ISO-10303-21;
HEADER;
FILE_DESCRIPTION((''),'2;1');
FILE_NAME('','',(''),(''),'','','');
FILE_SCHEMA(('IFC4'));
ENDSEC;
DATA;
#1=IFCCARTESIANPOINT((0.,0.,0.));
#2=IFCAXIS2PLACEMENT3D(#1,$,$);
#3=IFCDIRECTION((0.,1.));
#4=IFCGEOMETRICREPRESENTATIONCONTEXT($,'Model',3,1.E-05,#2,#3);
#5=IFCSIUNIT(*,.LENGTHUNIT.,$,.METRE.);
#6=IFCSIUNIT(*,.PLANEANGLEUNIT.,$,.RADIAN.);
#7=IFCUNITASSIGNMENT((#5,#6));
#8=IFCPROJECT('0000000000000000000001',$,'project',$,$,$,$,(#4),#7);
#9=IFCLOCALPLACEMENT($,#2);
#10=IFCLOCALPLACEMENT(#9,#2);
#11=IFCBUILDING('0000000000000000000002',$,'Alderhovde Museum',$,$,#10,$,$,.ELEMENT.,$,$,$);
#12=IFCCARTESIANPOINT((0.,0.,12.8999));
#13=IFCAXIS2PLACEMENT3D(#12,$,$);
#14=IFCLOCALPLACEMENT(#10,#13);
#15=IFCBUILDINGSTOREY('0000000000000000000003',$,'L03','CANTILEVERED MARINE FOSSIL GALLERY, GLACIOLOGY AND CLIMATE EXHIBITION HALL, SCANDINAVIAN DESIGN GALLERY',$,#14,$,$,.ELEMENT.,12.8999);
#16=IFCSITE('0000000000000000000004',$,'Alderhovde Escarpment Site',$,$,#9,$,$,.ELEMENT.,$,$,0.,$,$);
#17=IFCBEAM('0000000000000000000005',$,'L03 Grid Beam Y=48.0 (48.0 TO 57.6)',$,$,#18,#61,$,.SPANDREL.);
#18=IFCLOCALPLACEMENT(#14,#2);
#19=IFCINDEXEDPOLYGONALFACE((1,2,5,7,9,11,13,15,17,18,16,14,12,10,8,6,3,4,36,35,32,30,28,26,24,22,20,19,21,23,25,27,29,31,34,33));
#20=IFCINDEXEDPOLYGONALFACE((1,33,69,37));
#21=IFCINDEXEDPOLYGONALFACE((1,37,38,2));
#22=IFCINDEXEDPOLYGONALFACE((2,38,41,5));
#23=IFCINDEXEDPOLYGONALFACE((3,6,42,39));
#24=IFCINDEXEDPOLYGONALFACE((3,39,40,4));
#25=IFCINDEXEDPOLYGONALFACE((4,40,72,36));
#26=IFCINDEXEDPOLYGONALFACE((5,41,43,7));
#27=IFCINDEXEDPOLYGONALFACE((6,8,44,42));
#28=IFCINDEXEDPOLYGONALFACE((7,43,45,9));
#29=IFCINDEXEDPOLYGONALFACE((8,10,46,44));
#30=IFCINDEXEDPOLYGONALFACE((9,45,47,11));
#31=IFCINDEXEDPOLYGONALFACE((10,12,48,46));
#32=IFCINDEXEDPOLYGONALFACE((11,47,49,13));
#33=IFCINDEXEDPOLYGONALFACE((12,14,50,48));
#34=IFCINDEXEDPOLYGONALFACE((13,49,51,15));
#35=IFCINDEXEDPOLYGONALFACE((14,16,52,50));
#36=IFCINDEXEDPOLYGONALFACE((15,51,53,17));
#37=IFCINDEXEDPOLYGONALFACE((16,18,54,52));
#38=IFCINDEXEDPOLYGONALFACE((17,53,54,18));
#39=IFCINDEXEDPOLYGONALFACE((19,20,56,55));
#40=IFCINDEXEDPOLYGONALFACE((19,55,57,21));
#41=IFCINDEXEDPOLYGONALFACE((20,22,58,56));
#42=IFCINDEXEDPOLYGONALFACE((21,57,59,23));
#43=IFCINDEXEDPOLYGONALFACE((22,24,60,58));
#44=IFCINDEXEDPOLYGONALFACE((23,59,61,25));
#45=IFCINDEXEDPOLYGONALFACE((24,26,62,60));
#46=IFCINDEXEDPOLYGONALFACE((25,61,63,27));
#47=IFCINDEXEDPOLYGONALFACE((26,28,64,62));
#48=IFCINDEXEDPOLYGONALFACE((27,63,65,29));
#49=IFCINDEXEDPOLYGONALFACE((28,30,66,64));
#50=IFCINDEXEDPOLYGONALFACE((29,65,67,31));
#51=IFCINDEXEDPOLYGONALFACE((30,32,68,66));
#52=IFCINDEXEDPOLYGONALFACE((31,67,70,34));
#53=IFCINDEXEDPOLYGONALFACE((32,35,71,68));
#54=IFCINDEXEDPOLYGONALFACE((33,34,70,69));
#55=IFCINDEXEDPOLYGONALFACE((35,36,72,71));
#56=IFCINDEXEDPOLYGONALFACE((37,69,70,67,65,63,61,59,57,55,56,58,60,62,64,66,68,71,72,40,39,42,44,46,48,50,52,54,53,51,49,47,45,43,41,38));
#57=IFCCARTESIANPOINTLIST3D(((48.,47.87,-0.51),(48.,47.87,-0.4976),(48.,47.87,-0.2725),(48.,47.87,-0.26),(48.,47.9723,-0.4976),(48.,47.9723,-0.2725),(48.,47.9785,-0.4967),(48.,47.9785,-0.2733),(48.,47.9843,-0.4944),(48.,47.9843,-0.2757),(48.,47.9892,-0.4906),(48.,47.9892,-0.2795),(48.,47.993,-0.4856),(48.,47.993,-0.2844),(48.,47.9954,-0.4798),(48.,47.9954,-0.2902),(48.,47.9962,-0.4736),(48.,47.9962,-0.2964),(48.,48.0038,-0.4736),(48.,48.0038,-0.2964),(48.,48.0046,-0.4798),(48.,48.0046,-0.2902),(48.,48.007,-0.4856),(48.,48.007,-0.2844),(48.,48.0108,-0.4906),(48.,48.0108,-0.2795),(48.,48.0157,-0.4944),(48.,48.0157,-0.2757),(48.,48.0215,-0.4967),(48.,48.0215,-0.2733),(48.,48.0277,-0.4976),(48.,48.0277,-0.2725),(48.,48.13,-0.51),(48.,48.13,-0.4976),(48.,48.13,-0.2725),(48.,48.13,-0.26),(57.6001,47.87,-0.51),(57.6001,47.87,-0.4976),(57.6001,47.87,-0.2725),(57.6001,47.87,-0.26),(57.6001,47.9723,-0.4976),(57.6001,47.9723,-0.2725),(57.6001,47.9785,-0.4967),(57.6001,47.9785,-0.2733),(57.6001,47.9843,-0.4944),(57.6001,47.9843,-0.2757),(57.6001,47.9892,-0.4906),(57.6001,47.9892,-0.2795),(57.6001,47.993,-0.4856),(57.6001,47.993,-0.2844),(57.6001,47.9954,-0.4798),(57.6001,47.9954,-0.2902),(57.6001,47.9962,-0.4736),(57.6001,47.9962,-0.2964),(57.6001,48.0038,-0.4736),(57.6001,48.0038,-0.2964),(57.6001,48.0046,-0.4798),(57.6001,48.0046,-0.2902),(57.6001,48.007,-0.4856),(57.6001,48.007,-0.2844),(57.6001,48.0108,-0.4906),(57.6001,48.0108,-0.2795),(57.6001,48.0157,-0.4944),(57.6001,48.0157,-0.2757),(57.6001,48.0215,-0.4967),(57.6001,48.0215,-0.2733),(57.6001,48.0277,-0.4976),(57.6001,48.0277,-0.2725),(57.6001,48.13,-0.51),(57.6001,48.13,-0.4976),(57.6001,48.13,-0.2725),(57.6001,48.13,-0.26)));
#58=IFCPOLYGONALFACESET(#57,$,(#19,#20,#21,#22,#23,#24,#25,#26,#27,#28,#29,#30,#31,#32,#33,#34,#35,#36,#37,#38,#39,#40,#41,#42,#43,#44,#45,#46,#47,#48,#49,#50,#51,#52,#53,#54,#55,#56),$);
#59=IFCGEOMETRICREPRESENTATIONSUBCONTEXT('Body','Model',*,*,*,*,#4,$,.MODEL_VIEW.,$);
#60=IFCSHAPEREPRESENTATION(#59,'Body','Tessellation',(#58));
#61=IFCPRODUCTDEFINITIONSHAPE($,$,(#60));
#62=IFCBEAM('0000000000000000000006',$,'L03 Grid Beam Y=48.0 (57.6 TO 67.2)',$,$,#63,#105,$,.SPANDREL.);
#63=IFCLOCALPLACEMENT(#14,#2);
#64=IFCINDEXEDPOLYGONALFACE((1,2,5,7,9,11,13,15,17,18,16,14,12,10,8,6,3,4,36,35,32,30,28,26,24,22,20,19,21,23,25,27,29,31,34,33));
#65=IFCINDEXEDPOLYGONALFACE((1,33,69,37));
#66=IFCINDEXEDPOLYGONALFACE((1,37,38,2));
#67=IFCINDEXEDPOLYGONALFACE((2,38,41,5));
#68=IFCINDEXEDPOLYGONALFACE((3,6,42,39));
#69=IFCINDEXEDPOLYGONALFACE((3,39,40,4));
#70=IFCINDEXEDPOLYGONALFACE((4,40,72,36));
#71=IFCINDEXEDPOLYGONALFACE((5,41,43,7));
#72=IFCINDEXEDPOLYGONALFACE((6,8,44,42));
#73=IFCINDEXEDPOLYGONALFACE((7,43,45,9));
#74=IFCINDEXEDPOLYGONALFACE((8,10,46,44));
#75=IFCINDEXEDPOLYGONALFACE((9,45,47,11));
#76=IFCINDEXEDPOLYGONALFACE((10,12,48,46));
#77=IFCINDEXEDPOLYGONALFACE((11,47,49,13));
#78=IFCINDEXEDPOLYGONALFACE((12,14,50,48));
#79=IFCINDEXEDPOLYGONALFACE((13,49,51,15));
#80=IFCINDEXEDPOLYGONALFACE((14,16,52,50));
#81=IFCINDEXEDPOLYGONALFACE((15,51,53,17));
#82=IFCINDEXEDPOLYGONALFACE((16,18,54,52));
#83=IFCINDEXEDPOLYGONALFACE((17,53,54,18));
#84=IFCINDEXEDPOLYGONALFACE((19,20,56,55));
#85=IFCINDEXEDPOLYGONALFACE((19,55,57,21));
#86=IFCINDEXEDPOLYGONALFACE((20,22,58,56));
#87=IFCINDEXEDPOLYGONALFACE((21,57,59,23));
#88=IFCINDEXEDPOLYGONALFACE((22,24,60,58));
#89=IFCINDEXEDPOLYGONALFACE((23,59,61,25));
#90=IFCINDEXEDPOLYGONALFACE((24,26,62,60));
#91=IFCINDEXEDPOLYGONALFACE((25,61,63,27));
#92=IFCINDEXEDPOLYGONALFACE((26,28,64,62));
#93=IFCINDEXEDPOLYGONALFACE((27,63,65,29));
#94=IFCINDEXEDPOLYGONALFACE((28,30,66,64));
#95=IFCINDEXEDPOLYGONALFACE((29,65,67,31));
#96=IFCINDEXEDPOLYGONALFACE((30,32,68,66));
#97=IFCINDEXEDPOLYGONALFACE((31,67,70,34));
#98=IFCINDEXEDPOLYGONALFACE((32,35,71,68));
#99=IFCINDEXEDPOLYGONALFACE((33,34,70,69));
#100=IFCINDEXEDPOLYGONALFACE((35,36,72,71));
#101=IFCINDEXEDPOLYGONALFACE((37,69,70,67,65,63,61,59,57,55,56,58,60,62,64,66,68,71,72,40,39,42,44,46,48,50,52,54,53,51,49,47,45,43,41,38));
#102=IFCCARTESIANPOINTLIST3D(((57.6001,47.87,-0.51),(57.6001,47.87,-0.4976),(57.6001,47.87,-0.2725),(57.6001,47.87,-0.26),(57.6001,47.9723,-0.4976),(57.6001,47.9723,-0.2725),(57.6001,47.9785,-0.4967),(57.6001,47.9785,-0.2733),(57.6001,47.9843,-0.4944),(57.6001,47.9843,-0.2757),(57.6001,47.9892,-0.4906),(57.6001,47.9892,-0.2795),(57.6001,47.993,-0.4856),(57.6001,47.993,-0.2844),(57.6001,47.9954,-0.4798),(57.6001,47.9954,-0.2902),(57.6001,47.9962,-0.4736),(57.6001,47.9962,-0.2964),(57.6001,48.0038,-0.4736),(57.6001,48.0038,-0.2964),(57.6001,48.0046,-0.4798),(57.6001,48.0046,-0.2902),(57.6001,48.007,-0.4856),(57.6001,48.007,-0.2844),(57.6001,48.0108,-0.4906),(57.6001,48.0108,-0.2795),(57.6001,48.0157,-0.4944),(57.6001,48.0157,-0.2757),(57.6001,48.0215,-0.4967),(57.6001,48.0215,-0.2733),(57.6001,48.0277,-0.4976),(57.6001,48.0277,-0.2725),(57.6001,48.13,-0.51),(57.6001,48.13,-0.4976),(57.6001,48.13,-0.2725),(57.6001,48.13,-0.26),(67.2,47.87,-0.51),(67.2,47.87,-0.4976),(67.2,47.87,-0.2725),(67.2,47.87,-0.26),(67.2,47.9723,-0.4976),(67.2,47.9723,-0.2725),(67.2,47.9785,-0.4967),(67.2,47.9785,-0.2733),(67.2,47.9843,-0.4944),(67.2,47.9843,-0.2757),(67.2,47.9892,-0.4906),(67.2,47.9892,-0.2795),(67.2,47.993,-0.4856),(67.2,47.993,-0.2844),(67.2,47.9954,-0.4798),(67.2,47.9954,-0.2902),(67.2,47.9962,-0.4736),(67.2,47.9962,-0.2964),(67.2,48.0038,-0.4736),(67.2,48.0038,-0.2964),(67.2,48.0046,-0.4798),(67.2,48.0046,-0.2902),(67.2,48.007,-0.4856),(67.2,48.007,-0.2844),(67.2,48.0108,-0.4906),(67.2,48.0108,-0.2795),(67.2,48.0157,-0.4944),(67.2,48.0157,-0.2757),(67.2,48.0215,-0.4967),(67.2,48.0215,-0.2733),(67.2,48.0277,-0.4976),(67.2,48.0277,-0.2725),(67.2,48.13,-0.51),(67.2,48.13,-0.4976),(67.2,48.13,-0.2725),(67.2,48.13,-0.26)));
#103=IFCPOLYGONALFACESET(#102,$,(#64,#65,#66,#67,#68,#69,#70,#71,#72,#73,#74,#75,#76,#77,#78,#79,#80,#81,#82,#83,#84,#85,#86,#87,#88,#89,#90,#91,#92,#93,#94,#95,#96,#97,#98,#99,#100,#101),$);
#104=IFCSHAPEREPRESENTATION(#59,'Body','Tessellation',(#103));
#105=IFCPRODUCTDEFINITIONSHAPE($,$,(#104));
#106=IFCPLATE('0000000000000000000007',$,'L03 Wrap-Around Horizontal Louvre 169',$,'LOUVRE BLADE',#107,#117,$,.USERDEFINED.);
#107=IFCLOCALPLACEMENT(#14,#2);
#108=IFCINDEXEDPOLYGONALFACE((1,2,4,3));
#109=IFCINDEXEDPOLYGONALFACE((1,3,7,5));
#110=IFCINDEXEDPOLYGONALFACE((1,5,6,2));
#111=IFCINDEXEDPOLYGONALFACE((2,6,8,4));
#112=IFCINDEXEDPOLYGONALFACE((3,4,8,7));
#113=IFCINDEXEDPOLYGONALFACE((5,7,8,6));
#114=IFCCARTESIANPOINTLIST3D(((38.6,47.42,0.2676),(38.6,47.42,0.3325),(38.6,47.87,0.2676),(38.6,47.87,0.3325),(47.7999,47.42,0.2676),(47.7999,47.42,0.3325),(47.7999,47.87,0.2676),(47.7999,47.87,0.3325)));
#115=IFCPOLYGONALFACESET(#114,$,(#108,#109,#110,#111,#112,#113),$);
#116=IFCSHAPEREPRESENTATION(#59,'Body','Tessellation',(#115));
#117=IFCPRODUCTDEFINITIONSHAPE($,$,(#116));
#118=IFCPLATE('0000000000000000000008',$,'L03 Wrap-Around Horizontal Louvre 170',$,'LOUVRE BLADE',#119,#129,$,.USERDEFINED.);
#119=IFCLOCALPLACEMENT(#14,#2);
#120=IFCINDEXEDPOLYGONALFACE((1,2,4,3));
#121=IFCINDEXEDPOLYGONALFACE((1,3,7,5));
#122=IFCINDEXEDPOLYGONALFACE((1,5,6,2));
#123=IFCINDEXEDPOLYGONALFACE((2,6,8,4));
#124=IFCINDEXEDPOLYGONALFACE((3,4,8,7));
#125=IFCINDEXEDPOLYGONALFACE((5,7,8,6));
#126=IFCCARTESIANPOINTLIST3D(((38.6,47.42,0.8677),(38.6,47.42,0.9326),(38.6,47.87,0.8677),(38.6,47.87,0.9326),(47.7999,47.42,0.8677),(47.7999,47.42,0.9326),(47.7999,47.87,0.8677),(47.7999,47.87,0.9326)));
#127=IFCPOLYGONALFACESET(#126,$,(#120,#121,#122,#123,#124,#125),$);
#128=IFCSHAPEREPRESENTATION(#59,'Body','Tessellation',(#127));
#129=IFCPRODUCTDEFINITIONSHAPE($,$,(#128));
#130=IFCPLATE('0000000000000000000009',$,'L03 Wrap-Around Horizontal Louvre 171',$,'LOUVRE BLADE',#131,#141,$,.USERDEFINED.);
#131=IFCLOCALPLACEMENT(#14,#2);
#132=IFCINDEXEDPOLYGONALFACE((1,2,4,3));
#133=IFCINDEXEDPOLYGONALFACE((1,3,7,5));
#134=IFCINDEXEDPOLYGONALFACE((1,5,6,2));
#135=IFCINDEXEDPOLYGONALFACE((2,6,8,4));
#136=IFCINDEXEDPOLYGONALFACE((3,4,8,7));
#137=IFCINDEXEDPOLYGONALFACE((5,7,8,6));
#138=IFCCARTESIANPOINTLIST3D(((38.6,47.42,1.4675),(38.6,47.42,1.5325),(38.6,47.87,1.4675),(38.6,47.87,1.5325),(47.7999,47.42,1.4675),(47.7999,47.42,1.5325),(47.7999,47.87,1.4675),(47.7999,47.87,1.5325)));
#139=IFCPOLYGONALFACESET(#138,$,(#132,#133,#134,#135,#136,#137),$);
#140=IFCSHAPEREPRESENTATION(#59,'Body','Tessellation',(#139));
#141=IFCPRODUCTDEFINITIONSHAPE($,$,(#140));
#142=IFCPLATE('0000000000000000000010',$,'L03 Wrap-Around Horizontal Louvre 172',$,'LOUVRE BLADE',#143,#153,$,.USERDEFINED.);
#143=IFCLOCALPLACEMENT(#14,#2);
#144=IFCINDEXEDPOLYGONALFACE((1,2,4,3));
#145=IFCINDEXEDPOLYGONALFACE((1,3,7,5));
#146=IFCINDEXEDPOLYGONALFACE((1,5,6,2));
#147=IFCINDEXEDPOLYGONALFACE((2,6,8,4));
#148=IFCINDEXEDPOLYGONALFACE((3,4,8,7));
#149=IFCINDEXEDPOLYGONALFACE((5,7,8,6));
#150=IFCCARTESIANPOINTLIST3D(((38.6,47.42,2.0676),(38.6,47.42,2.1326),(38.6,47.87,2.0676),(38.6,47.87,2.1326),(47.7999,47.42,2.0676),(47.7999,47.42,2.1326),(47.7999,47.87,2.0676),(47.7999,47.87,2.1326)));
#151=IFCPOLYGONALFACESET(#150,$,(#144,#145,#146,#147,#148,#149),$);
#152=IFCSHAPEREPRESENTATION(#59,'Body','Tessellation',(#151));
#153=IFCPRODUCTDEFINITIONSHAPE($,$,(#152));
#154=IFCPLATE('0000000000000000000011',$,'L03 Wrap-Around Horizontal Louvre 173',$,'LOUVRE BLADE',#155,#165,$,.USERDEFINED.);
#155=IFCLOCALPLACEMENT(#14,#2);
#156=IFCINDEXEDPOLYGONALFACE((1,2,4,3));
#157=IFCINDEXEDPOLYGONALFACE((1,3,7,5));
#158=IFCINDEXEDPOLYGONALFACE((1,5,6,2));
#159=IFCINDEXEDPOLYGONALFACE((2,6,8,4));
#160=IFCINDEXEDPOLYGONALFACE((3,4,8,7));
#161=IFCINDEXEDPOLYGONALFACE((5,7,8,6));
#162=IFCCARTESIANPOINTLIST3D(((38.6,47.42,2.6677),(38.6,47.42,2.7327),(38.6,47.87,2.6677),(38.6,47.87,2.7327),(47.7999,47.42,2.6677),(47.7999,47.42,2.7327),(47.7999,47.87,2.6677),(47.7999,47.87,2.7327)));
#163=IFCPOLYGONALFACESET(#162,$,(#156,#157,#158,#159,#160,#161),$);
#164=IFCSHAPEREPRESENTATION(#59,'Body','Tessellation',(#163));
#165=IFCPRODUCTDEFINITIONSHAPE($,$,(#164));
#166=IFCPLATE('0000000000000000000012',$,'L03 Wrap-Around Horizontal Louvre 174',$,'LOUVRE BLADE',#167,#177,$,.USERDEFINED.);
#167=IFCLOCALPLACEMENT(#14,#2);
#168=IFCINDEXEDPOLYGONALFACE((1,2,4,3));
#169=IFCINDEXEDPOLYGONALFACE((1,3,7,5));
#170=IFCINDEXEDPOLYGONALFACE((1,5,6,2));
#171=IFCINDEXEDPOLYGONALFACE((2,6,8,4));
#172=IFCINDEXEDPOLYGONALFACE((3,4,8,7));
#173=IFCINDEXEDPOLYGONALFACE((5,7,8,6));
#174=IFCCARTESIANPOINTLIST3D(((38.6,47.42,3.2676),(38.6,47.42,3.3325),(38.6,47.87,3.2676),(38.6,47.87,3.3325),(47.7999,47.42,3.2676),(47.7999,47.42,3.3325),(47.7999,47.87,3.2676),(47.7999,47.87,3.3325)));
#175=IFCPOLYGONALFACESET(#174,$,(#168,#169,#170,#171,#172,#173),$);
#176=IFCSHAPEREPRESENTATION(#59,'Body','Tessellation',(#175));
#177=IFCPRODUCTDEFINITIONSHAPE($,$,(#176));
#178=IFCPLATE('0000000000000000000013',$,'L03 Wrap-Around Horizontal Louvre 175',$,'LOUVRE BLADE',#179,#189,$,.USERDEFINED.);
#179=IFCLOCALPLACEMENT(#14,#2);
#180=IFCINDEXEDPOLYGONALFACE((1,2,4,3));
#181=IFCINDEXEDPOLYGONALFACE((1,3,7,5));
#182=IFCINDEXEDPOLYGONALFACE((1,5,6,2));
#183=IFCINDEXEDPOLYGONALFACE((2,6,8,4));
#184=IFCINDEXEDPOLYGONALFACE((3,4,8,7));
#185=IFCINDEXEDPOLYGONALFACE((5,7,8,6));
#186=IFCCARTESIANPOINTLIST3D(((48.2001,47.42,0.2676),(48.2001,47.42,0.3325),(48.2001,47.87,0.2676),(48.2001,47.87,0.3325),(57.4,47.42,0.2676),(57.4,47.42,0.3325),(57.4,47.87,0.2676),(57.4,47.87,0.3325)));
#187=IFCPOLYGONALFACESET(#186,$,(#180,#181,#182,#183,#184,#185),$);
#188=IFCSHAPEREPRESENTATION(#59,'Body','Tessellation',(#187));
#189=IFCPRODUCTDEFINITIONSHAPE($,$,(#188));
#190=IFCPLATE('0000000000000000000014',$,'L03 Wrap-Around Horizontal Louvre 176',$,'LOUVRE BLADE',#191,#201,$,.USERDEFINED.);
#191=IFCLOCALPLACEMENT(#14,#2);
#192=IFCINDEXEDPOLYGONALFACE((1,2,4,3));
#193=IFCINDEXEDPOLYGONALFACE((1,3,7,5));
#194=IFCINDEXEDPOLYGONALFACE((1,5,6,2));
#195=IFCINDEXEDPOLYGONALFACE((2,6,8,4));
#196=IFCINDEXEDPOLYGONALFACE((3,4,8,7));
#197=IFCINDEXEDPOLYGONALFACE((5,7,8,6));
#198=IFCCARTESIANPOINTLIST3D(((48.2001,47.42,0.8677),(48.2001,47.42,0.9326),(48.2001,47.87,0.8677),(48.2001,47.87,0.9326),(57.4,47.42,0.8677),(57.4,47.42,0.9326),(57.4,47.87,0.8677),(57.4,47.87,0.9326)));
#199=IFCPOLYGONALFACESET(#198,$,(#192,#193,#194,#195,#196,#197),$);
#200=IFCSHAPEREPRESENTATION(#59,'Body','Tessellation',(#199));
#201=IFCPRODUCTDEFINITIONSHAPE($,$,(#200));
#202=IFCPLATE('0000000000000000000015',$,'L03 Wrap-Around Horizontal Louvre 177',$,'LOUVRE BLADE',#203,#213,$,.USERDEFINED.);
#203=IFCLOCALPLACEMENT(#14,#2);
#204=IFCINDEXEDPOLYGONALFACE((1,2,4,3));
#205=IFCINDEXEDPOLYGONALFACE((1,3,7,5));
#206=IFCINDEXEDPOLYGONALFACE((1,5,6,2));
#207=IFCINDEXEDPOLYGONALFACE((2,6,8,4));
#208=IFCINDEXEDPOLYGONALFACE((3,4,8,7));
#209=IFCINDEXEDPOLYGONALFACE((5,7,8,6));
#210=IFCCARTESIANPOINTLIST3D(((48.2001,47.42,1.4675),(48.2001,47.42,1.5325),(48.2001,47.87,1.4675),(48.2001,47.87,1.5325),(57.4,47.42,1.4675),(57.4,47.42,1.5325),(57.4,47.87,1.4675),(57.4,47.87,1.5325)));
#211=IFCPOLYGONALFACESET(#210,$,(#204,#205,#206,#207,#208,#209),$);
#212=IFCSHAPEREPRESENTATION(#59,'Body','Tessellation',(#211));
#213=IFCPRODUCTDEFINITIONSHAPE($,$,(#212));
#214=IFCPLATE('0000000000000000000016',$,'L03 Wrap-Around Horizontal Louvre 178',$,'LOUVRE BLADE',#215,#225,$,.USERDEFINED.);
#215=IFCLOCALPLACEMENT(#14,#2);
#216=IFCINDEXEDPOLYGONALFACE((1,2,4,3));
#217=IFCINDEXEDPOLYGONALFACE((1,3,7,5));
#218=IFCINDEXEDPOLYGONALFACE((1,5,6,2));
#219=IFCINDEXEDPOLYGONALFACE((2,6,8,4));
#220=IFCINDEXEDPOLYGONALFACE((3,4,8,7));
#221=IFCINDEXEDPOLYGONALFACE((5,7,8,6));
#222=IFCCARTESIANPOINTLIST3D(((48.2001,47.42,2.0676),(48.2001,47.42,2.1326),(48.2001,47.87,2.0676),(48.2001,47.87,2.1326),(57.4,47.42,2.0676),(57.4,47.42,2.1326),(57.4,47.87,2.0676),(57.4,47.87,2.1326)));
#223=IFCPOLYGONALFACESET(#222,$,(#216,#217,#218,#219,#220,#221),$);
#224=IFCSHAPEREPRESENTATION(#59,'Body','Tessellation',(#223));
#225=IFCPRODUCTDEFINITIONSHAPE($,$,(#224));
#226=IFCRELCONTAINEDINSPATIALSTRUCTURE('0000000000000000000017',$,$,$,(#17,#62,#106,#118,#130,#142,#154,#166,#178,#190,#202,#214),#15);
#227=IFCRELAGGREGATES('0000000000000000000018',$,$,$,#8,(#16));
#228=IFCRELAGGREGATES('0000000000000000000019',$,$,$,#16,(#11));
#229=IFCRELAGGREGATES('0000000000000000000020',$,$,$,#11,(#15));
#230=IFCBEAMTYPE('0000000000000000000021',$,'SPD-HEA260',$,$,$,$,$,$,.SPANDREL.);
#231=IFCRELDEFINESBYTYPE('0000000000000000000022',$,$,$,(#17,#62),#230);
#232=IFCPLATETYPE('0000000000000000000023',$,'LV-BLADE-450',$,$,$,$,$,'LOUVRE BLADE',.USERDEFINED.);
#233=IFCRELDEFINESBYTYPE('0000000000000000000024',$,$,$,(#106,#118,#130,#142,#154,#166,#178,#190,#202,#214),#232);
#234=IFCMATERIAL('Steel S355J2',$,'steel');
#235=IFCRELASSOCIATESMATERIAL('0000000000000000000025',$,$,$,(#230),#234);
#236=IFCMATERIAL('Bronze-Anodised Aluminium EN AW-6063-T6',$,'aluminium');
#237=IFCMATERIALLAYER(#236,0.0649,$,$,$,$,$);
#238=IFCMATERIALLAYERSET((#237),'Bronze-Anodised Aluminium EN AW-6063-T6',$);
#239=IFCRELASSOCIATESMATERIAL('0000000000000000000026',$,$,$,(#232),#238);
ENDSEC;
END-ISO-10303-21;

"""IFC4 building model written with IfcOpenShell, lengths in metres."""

from ifc_helpers import new_model, si_unit, direction, frame, origin, origin_2d, place, context, subcontext, project, spatial, rectangle, i_section, extrude, material, layer, layer_set, material_profile, profile_set, type_object, element, save


model = new_model("IFC4")

# Units and contexts
model_context = context("Model", 3, precision=1e-05, world=origin(), true_north=direction((0.0, 1.0)))
body_context = subcontext(model_context, "Body", "Model", "MODEL_VIEW")
ifc_project = project(units=[si_unit("LENGTHUNIT", "METRE"), si_unit("PLANEANGLEUNIT", "RADIAN")], contexts=[model_context])

# Site, building, storey
site_placement = place(None, origin())
site = spatial("IfcSite", under=ifc_project, at=site_placement, Name="Alderhovde Escarpment Site", CompositionType="ELEMENT", RefElevation=0.0)
building_placement = place(site_placement, origin())
building = spatial("IfcBuilding", under=site, at=building_placement, Name="Alderhovde Museum", CompositionType="ELEMENT")
storey_placement = place(building_placement, frame((0.0, 0.0, 12.8999)))
storey = spatial("IfcBuildingStorey", under=building, at=storey_placement, Name="L03", Description="CANTILEVERED MARINE FOSSIL GALLERY, GLACIOLOGY AND CLIMATE EXHIBITION HALL, SCANDINAVIAN DESIGN GALLERY", CompositionType="ELEMENT", Elevation=12.8999)

# Beams
ifc_material_1 = material(Name="Steel S355J2", Category="steel")
ifc_material_profile_1 = material_profile(ifc_material_1, i_section(OverallWidth=0.26, OverallDepth=0.25, WebThickness=0.0076, FlangeThickness=0.0125, FilletRadius=0.0239, at=origin_2d()), Name="HEA 260")
ifc_profile_set_1 = profile_set([ifc_material_profile_1], Name="Steel S355J2")
beam_type_1 = type_object("IfcBeamType", Name="SPD-HEA260", PredefinedType="SPANDREL", material=ifc_profile_set_1)
beam_1_placement = place(storey_placement, frame((48.0, 48.0, -0.385), z_axis=(1.0, 0.0, 0.0), x_axis=(0.0, 1.0, 0.0)))
element("IfcBeam", 1, at=beam_1_placement, inside=storey, type_object=beam_type_1, Name="L03 Grid Beam Y=48.0 (48.0 TO 57.6)", PredefinedType="SPANDREL", context=body_context, shape_type="SweptSolid", body=[
    extrude(i_section(OverallWidth=0.26, OverallDepth=0.25, WebThickness=0.0076, FlangeThickness=0.0125, FilletRadius=0.0239, at=origin_2d()), origin(), (0.0, 0.0, 1.0), 9.6001),
])
beam_2_placement = place(storey_placement, frame((57.6001, 48.0, -0.385), z_axis=(1.0, 0.0, 0.0), x_axis=(0.0, 1.0, 0.0)))
element("IfcBeam", 2, at=beam_2_placement, inside=storey, type_object=beam_type_1, Name="L03 Grid Beam Y=48.0 (57.6 TO 67.2)", PredefinedType="SPANDREL", context=body_context, shape_type="SweptSolid", body=[
    extrude(i_section(OverallWidth=0.26, OverallDepth=0.25, WebThickness=0.0076, FlangeThickness=0.0125, FilletRadius=0.0239, at=origin_2d()), origin(), (0.0, 0.0, 1.0), 9.5999),
])

# Plates
ifc_material_2 = material(Name="Bronze-Anodised Aluminium EN AW-6063-T6", Category="aluminium")
ifc_layer_1 = layer(ifc_material_2, 0.0649)
ifc_layer_set_1 = layer_set([ifc_layer_1], Name="Bronze-Anodised Aluminium EN AW-6063-T6")
plate_type_1 = type_object("IfcPlateType", Name="LV-BLADE-450", ElementType="LOUVRE BLADE", PredefinedType="USERDEFINED", material=ifc_layer_set_1)
for number, where, z_axis, x_axis, name in (
    (3, (43.2, 47.645, 0.2676), (0.0, 0.0, 1.0), (1.0, 0.0, 0.0), "L03 Wrap-Around Horizontal Louvre 169"),
    (4, (43.2, 47.645, 0.8677), (0.0, 0.0, 1.0), (1.0, 0.0, 0.0), "L03 Wrap-Around Horizontal Louvre 170"),
    (5, (43.2, 47.645, 1.4675), (0.0, 0.0, 1.0), (1.0, 0.0, 0.0), "L03 Wrap-Around Horizontal Louvre 171"),
    (6, (43.2, 47.645, 2.0676), (0.0, 0.0, 1.0), (1.0, 0.0, 0.0), "L03 Wrap-Around Horizontal Louvre 172"),
    (7, (43.2, 47.645, 2.6677), (0.0, 0.0, 1.0), (1.0, 0.0, 0.0), "L03 Wrap-Around Horizontal Louvre 173"),
    (8, (43.2, 47.645, 3.2676), (0.0, 0.0, 1.0), (1.0, 0.0, 0.0), "L03 Wrap-Around Horizontal Louvre 174"),
    (9, (52.8, 47.645, 0.2676), (0.0, 0.0, 1.0), (1.0, 0.0, 0.0), "L03 Wrap-Around Horizontal Louvre 175"),
    (10, (52.8, 47.645, 0.8677), (0.0, 0.0, 1.0), (1.0, 0.0, 0.0), "L03 Wrap-Around Horizontal Louvre 176"),
    (11, (52.8, 47.645, 1.4675), (0.0, 0.0, 1.0), (1.0, 0.0, 0.0), "L03 Wrap-Around Horizontal Louvre 177"),
    (12, (52.8, 47.645, 2.0676), (0.0, 0.0, 1.0), (1.0, 0.0, 0.0), "L03 Wrap-Around Horizontal Louvre 178"),
):
    element("IfcPlate", number, at=place(storey_placement, frame(where, z_axis=z_axis, x_axis=x_axis)), inside=storey, type_object=plate_type_1, Name=name, ObjectType="LOUVRE BLADE", PredefinedType="USERDEFINED", context=body_context, shape_type="SweptSolid", body=[
        extrude(rectangle(XDim=9.2, YDim=0.45, at=origin_2d()), origin(), (0.0, 0.0, 1.0), 0.0649),
    ])

save(model, "model.ifc")
